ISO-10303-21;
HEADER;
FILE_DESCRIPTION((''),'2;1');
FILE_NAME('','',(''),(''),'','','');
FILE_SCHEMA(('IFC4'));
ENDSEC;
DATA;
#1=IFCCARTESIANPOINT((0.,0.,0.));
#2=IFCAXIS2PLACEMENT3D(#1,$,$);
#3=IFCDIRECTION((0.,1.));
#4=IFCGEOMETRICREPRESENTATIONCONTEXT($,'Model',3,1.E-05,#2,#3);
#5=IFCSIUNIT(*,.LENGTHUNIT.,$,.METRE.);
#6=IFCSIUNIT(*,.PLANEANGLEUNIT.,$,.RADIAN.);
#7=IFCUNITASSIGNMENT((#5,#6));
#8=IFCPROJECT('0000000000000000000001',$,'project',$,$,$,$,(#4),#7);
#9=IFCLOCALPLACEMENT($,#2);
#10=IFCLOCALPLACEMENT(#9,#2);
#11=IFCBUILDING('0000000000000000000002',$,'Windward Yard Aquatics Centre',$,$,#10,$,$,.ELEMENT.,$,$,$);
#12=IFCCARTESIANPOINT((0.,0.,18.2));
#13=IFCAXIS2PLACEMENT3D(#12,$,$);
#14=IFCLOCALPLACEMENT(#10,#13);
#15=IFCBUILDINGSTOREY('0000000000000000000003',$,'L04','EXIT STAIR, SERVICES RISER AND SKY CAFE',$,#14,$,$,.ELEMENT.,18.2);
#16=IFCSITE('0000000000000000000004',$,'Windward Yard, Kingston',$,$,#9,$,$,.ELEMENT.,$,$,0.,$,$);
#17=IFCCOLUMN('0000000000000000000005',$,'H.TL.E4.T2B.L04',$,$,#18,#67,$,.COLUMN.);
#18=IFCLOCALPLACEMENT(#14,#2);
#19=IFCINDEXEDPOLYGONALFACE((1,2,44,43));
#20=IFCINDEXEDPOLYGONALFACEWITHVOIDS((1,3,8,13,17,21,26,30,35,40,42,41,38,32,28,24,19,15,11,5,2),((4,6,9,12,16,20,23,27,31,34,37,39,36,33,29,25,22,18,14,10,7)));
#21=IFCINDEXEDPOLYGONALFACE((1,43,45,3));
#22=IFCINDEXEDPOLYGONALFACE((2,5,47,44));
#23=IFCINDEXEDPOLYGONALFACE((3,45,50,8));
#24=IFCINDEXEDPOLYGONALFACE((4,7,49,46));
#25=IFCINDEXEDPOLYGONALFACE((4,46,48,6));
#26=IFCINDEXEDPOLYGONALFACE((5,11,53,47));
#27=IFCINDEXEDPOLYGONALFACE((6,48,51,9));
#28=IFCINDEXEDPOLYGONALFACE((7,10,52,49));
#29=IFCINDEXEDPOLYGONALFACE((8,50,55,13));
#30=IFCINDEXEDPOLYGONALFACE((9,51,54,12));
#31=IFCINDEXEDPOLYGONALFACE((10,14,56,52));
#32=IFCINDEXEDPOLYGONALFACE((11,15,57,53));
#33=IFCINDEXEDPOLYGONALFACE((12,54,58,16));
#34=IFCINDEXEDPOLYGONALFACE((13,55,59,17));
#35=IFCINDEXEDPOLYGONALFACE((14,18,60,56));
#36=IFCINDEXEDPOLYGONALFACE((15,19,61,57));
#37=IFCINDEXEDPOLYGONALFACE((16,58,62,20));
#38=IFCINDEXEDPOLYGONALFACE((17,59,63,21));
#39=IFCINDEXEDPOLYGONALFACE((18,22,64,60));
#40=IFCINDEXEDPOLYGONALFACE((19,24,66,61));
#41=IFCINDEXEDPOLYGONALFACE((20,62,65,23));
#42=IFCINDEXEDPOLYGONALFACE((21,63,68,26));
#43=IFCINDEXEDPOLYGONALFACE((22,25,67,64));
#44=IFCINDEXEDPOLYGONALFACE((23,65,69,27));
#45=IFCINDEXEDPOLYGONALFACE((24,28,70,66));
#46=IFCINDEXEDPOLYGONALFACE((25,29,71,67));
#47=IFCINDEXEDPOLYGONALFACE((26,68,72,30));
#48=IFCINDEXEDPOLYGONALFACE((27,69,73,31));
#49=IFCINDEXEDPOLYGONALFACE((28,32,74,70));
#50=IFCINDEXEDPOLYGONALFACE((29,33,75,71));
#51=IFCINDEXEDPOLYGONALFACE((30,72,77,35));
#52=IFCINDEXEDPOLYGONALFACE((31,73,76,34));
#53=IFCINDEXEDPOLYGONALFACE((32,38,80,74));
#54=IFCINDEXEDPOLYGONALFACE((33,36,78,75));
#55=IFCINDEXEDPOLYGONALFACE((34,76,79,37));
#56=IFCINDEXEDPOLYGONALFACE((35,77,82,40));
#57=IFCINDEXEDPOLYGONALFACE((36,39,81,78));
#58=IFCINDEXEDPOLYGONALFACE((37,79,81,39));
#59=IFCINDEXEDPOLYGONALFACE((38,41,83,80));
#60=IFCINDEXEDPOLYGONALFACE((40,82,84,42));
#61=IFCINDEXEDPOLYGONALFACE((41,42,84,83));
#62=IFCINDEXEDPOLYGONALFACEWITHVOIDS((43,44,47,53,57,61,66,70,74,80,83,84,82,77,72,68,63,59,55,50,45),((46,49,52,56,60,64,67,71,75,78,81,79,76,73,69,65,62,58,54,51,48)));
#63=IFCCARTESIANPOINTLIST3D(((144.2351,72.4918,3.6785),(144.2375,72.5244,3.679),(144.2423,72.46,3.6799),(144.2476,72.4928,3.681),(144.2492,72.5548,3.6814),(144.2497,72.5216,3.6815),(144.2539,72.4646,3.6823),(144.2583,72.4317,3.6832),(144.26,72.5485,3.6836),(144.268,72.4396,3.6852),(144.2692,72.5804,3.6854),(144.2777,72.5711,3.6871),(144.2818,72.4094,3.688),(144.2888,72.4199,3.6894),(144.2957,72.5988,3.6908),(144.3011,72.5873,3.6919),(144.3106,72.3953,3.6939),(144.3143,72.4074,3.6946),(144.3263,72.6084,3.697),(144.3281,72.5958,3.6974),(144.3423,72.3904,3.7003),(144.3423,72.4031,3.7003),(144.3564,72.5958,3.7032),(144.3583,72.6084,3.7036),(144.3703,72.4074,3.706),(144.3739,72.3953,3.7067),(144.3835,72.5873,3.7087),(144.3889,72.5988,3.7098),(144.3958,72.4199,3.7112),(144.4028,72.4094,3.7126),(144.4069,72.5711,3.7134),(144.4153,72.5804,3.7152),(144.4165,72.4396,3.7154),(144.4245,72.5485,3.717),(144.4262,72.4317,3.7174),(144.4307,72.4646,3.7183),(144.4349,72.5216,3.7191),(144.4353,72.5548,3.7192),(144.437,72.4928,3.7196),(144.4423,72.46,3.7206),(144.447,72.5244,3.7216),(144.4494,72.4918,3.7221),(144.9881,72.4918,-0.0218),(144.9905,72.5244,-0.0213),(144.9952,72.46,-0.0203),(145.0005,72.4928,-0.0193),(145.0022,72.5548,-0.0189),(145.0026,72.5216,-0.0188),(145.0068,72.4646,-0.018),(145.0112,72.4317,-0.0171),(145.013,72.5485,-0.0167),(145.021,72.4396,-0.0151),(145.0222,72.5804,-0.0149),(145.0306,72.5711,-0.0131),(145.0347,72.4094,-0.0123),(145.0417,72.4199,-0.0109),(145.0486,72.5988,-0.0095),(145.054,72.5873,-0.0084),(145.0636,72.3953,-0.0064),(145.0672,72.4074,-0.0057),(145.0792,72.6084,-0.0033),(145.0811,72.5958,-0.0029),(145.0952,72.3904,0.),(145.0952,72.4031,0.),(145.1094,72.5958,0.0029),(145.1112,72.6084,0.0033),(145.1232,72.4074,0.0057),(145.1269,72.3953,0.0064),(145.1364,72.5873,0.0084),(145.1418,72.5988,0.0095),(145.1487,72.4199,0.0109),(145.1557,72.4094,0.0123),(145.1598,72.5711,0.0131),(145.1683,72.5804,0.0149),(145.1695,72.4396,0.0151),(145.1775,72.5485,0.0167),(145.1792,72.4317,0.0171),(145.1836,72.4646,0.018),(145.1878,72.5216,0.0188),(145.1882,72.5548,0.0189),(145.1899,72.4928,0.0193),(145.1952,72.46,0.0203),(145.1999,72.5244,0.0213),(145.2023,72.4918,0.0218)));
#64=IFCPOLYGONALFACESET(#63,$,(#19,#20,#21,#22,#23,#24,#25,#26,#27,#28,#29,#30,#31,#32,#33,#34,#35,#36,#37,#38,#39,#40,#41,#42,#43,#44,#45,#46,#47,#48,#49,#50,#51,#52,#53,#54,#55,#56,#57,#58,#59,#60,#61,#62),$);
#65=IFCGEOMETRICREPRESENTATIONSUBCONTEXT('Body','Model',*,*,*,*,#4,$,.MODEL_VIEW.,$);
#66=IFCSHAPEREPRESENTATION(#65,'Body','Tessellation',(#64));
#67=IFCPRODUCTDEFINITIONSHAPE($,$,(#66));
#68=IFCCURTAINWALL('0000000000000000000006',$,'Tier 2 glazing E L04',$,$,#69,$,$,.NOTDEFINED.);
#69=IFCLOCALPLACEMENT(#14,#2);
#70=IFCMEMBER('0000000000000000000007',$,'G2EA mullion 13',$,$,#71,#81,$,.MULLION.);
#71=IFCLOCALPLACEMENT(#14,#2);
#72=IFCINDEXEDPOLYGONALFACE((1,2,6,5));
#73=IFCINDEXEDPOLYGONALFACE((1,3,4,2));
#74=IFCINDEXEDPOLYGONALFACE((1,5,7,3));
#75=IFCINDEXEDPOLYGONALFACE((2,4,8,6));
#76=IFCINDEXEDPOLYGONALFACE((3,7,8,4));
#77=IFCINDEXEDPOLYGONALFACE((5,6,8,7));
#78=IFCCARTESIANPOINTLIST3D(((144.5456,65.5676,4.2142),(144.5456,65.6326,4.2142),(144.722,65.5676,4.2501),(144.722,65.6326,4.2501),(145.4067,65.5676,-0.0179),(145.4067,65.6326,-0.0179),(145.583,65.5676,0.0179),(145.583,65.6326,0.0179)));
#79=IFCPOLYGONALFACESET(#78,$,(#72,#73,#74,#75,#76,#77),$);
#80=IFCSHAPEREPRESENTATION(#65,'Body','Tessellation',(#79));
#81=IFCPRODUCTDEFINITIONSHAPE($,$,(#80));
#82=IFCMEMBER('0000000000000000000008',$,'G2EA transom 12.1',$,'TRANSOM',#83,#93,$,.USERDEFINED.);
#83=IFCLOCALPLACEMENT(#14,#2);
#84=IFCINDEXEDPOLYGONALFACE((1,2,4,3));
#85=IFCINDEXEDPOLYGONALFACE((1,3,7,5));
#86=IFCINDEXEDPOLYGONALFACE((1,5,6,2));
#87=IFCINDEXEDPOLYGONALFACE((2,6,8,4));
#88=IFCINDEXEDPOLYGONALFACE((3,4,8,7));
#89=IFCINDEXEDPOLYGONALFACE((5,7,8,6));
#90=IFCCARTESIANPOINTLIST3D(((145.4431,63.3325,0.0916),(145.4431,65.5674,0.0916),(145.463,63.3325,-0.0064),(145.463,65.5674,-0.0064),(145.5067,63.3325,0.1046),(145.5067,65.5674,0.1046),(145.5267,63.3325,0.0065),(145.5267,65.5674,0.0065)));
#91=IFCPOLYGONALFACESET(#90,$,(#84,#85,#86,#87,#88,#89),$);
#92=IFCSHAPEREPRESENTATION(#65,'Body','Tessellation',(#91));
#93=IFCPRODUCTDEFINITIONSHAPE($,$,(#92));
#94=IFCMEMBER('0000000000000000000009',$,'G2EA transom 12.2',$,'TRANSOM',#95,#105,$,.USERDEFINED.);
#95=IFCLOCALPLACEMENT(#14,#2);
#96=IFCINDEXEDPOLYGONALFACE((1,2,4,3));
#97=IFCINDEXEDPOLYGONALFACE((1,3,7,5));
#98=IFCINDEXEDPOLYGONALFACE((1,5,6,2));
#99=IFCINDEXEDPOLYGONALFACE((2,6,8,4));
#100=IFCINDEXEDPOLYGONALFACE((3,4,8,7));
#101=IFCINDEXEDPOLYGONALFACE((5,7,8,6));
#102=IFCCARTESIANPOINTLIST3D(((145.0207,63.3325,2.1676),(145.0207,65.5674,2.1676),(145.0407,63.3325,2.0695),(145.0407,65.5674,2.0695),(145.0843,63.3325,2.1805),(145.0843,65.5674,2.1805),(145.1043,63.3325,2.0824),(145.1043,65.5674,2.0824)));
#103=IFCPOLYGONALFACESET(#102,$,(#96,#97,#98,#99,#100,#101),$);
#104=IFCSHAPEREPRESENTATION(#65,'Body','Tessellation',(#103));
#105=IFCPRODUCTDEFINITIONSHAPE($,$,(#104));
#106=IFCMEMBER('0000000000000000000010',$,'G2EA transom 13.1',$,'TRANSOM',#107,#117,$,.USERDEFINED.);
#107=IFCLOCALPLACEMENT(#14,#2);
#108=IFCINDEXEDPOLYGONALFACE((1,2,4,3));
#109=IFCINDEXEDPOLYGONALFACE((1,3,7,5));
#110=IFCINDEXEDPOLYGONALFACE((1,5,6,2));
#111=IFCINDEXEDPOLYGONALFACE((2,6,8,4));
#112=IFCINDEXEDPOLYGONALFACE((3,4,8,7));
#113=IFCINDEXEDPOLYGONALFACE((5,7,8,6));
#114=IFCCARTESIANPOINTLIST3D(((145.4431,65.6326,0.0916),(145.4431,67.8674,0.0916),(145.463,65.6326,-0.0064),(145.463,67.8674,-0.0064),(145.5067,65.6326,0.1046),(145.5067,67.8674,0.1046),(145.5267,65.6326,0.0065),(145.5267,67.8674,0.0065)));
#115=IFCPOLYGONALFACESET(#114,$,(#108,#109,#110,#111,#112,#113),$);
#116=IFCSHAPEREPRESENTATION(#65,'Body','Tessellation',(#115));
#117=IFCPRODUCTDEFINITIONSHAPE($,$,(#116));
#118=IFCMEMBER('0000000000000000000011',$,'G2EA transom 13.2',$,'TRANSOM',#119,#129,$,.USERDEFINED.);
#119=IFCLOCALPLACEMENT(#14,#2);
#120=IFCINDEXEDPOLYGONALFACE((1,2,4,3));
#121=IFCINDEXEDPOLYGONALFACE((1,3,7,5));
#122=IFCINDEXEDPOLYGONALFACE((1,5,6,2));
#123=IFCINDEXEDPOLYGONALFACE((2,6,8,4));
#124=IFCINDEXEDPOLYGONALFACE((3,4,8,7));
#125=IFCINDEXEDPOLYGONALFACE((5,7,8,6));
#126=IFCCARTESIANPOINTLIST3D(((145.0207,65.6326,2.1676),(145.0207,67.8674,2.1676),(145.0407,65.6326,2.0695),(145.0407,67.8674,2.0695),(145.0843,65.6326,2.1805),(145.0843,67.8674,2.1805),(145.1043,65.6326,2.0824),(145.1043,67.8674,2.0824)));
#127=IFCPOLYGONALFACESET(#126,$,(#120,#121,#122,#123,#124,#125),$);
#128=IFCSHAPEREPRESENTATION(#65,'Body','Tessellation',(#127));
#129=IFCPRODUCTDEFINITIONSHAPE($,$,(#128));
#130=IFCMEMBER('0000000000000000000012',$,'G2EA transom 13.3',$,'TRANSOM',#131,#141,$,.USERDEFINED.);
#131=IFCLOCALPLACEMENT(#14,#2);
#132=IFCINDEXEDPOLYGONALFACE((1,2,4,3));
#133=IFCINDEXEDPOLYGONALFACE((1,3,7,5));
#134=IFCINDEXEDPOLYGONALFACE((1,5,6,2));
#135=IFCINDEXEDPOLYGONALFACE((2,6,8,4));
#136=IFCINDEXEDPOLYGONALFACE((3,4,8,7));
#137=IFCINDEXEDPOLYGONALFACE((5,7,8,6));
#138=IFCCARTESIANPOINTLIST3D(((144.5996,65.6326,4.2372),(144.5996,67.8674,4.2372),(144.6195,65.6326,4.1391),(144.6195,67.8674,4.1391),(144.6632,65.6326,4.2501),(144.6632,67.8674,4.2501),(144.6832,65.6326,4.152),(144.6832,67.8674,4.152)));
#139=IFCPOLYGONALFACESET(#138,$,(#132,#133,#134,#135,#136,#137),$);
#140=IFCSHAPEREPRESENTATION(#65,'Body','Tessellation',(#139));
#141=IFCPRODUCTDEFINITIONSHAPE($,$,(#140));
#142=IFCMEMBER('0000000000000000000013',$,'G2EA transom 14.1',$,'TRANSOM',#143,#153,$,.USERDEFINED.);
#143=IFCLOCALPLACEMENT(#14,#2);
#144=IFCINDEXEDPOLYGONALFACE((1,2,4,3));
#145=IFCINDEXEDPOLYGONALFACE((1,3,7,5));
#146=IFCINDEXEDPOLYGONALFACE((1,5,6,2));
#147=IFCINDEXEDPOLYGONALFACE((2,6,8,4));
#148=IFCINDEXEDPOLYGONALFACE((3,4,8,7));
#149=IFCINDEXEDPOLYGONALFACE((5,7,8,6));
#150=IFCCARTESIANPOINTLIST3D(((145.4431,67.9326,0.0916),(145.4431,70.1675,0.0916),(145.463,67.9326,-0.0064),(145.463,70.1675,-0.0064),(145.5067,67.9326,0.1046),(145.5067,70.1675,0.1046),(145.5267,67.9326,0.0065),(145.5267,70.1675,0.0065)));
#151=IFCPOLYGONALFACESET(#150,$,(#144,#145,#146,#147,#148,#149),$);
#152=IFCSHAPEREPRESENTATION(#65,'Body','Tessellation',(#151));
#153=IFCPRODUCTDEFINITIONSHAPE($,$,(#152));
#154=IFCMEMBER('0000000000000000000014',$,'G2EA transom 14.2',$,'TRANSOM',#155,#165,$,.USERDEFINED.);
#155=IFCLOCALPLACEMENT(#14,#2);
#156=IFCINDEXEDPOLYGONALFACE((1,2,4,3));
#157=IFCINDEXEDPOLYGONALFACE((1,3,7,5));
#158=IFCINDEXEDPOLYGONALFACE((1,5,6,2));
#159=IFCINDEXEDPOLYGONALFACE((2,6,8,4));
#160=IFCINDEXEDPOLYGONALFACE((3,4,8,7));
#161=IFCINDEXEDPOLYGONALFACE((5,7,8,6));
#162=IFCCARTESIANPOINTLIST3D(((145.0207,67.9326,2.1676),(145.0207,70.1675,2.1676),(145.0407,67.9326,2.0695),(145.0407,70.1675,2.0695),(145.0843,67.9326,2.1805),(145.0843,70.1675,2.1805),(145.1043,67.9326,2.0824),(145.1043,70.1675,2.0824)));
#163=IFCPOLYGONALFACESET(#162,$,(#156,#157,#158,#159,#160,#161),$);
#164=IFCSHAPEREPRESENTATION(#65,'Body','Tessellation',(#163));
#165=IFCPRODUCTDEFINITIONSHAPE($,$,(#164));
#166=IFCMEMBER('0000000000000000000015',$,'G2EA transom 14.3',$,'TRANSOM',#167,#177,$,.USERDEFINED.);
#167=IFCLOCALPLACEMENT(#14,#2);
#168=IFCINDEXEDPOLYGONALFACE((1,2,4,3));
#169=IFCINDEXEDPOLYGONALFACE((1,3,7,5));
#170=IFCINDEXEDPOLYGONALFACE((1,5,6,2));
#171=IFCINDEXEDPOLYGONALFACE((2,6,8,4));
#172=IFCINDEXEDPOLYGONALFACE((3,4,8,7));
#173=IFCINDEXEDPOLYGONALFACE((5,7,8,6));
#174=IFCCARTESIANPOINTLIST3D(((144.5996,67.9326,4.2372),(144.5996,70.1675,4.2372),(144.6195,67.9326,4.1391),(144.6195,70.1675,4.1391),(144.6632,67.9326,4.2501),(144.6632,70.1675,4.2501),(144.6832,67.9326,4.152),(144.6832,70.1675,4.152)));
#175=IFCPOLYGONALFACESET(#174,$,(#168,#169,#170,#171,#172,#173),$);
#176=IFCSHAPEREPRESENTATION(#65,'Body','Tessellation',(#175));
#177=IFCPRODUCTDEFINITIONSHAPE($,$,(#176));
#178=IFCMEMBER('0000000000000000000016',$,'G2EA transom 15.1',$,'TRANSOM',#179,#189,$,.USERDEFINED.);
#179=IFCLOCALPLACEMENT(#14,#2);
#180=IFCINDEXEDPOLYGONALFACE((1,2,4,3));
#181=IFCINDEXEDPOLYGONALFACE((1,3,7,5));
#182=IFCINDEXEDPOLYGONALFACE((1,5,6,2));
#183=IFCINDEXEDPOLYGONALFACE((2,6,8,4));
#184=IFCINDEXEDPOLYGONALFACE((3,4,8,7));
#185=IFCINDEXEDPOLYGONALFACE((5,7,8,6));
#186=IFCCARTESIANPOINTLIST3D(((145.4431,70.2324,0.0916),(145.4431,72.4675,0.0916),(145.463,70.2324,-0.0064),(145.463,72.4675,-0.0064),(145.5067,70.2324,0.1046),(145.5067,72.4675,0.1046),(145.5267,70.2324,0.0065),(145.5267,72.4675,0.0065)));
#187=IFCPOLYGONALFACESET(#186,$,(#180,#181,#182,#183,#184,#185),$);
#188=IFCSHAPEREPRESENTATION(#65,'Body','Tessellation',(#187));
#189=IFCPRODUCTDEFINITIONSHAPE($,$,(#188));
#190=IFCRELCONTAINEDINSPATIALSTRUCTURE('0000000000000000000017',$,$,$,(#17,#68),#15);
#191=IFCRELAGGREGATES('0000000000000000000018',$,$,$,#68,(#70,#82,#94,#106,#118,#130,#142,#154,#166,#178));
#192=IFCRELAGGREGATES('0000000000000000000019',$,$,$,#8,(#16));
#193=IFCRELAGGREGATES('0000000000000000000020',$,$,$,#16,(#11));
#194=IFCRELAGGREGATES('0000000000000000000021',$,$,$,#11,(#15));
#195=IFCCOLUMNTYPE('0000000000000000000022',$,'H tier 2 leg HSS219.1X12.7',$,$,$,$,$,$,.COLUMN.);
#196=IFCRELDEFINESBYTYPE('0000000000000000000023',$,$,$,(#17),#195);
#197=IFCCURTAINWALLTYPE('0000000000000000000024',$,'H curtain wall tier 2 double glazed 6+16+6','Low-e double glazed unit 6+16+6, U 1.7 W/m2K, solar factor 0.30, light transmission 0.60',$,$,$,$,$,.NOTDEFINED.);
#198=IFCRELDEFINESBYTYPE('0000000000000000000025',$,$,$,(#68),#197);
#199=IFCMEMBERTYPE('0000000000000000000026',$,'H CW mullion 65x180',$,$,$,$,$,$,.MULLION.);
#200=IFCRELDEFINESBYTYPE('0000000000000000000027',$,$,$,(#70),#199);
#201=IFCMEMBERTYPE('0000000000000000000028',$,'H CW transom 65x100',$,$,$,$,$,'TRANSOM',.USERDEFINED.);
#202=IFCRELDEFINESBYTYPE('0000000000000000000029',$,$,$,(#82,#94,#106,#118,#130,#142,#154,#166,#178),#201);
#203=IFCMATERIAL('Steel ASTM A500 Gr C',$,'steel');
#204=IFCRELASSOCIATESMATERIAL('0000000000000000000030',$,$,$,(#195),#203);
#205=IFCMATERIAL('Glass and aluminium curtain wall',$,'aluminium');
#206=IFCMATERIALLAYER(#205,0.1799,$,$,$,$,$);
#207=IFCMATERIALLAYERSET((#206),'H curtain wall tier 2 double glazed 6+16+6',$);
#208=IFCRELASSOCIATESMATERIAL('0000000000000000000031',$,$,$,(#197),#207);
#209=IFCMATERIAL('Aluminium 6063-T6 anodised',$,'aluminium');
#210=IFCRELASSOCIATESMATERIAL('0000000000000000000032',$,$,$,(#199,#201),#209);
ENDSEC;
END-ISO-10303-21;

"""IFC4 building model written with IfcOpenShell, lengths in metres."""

from ifc_helpers import new_model, si_unit, direction, frame, origin, origin_2d, place, context, subcontext, project, spatial, rectangle, hollow_circle, extrude, material, layer, layer_set, material_profile, profile_set, type_object, element, aggregate, save


model = new_model("IFC4")

# Units and contexts
model_context = context("Model", 3, precision=1e-05, world=origin(), true_north=direction((0.0, 1.0)))
body_context = subcontext(model_context, "Body", "Model", "MODEL_VIEW")
ifc_project = project(units=[si_unit("LENGTHUNIT", "METRE"), si_unit("PLANEANGLEUNIT", "RADIAN")], contexts=[model_context])

# Site, building, storey
site_placement = place(None, origin())
site = spatial("IfcSite", under=ifc_project, at=site_placement, Name="Windward Yard, Kingston", CompositionType="ELEMENT", RefElevation=0.0)
building_placement = place(site_placement, origin())
building = spatial("IfcBuilding", under=site, at=building_placement, Name="Windward Yard Aquatics Centre", CompositionType="ELEMENT")
storey_placement = place(building_placement, frame((0.0, 0.0, 18.2)))
storey = spatial("IfcBuildingStorey", under=building, at=storey_placement, Name="L04", Description="EXIT STAIR, SERVICES RISER AND SKY CAFE", CompositionType="ELEMENT", Elevation=18.2)

# Column
ifc_material_1 = material(Name="Steel ASTM A500 Gr C", Category="steel")
ifc_material_profile_1 = material_profile(ifc_material_1, hollow_circle(Radius=0.1096, WallThickness=0.0127, at=origin_2d()), Name="HSS219.1X12.7")
ifc_profile_set_1 = profile_set([ifc_material_profile_1], Name="Steel ASTM A500 Gr C")
column_type = type_object("IfcColumnType", Name="H tier 2 leg HSS219.1X12.7", PredefinedType="COLUMN", material=ifc_profile_set_1)
column_placement = place(storey_placement, frame((145.0952, 72.5, 0.0), z_axis=(-0.199398, 0.0, 0.979919), x_axis=(0.0, -1.0, 0.0)))
element("IfcColumn", 1, at=column_placement, inside=storey, type_object=column_type, Name="H.TL.E4.T2B.L04", PredefinedType="COLUMN", context=body_context, shape_type="SweptSolid", body=[
    extrude(hollow_circle(Radius=0.1096, WallThickness=0.0127, at=origin_2d()), origin(), (0.0, 0.0, 1.0), 3.7761),
])

# Curtain wall, members
ifc_material_2 = material(Name="Glass and aluminium curtain wall", Category="aluminium")
ifc_layer_1 = layer(ifc_material_2, 0.1799)
ifc_layer_set_1 = layer_set([ifc_layer_1], Name="H curtain wall tier 2 double glazed 6+16+6")
curtain_wall_type = type_object("IfcCurtainWallType", Name="H curtain wall tier 2 double glazed 6+16+6", Description="Low-e double glazed unit 6+16+6, U 1.7 W/m2K, solar factor 0.30, light transmission 0.60", PredefinedType="NOTDEFINED", material=ifc_layer_set_1)
curtain_wall_placement = place(storey_placement, origin())
curtain_wall = element("IfcCurtainWall", 2, at=curtain_wall_placement, inside=storey, type_object=curtain_wall_type, Name="Tier 2 glazing E L04", PredefinedType="NOTDEFINED")
ifc_material_3 = material(Name="Aluminium 6063-T6 anodised", Category="aluminium")
ifc_material_profile_2 = material_profile(ifc_material_3, rectangle(XDim=0.0649, YDim=0.1799, at=origin_2d()), Name="H CW mullion 65x180")
ifc_profile_set_2 = profile_set([ifc_material_profile_2], Name="Aluminium 6063-T6 anodised")
member_type_1 = type_object("IfcMemberType", Name="H CW mullion 65x180", PredefinedType="MULLION", material=ifc_profile_set_2)
member_1_placement = place(storey_placement, frame((145.4949, 65.6001, 0.0), z_axis=(-0.199376, 0.0, 0.979923), x_axis=(0.0, -1.0, 0.0)))
member_1 = element("IfcMember", 3, at=member_1_placement, type_object=member_type_1, Name="G2EA mullion 13", PredefinedType="MULLION", context=body_context, shape_type="SweptSolid", body=[
    extrude(rectangle(XDim=0.0649, YDim=0.1799, at=origin_2d()), origin(), (0.0, 0.0, 1.0), 4.3188),
])
ifc_material_profile_3 = material_profile(ifc_material_3, rectangle(XDim=0.0649, YDim=0.1001, at=origin_2d()), Name="H CW transom 65x100")
ifc_profile_set_3 = profile_set([ifc_material_profile_3], Name="Aluminium 6063-T6 anodised")
member_type_2 = type_object("IfcMemberType", Name="H CW transom 65x100", ElementType="TRANSOM", PredefinedType="USERDEFINED", material=ifc_profile_set_3)
member_2_placement = place(storey_placement, frame((145.4849, 63.3325, 0.0491), z_axis=(0.0, 1.0, 0.0), x_axis=(0.979925, 0.0, 0.199368)))
member_2 = element("IfcMember", 4, at=member_2_placement, type_object=member_type_2, Name="G2EA transom 12.1", ObjectType="TRANSOM", PredefinedType="USERDEFINED", context=body_context, shape_type="SweptSolid", body=[
    extrude(rectangle(XDim=0.0649, YDim=0.1001, at=origin_2d()), origin(), (0.0, 0.0, 1.0), 2.2349),
])
member_3_placement = place(storey_placement, frame((145.0625, 63.3325, 2.125), z_axis=(0.0, 1.0, 0.0), x_axis=(0.979925, 0.0, 0.199368)))
member_3 = element("IfcMember", 5, at=member_3_placement, type_object=member_type_2, Name="G2EA transom 12.2", ObjectType="TRANSOM", PredefinedType="USERDEFINED", context=body_context, shape_type="SweptSolid", body=[
    extrude(rectangle(XDim=0.0649, YDim=0.1001, at=origin_2d()), origin(), (0.0, 0.0, 1.0), 2.2349),
])
member_4_placement = place(storey_placement, frame((145.4849, 65.6326, 0.0491), z_axis=(0.0, 1.0, 0.0), x_axis=(0.979925, 0.0, 0.199368)))
member_4 = element("IfcMember", 6, at=member_4_placement, type_object=member_type_2, Name="G2EA transom 13.1", ObjectType="TRANSOM", PredefinedType="USERDEFINED", context=body_context, shape_type="SweptSolid", body=[
    extrude(rectangle(XDim=0.0649, YDim=0.1001, at=origin_2d()), origin(), (0.0, 0.0, 1.0), 2.2349),
])
member_5_placement = place(storey_placement, frame((145.0625, 65.6326, 2.125), z_axis=(0.0, 1.0, 0.0), x_axis=(0.979925, 0.0, 0.199368)))
member_5 = element("IfcMember", 7, at=member_5_placement, type_object=member_type_2, Name="G2EA transom 13.2", ObjectType="TRANSOM", PredefinedType="USERDEFINED", context=body_context, shape_type="SweptSolid", body=[
    extrude(rectangle(XDim=0.0649, YDim=0.1001, at=origin_2d()), origin(), (0.0, 0.0, 1.0), 2.2349),
])
member_6_placement = place(storey_placement, frame((144.6414, 65.6326, 4.1946), z_axis=(0.0, 1.0, 0.0), x_axis=(0.979925, 0.0, 0.199368)))
member_6 = element("IfcMember", 8, at=member_6_placement, type_object=member_type_2, Name="G2EA transom 13.3", ObjectType="TRANSOM", PredefinedType="USERDEFINED", context=body_context, shape_type="SweptSolid", body=[
    extrude(rectangle(XDim=0.0649, YDim=0.1001, at=origin_2d()), origin(), (0.0, 0.0, 1.0), 2.2349),
])
member_7_placement = place(storey_placement, frame((145.4849, 67.9326, 0.0491), z_axis=(0.0, 1.0, 0.0), x_axis=(0.979925, 0.0, 0.199368)))
member_7 = element("IfcMember", 9, at=member_7_placement, type_object=member_type_2, Name="G2EA transom 14.1", ObjectType="TRANSOM", PredefinedType="USERDEFINED", context=body_context, shape_type="SweptSolid", body=[
    extrude(rectangle(XDim=0.0649, YDim=0.1001, at=origin_2d()), origin(), (0.0, 0.0, 1.0), 2.2349),
])
member_8_placement = place(storey_placement, frame((145.0625, 67.9326, 2.125), z_axis=(0.0, 1.0, 0.0), x_axis=(0.979925, 0.0, 0.199368)))
member_8 = element("IfcMember", 10, at=member_8_placement, type_object=member_type_2, Name="G2EA transom 14.2", ObjectType="TRANSOM", PredefinedType="USERDEFINED", context=body_context, shape_type="SweptSolid", body=[
    extrude(rectangle(XDim=0.0649, YDim=0.1001, at=origin_2d()), origin(), (0.0, 0.0, 1.0), 2.2349),
])
member_9_placement = place(storey_placement, frame((144.6414, 67.9326, 4.1946), z_axis=(0.0, 1.0, 0.0), x_axis=(0.979925, 0.0, 0.199368)))
member_9 = element("IfcMember", 11, at=member_9_placement, type_object=member_type_2, Name="G2EA transom 14.3", ObjectType="TRANSOM", PredefinedType="USERDEFINED", context=body_context, shape_type="SweptSolid", body=[
    extrude(rectangle(XDim=0.0649, YDim=0.1001, at=origin_2d()), origin(), (0.0, 0.0, 1.0), 2.2349),
])
member_10_placement = place(storey_placement, frame((145.4849, 70.2324, 0.0491), z_axis=(0.0, 1.0, 0.0), x_axis=(0.979925, 0.0, 0.199368)))
member_10 = element("IfcMember", 12, at=member_10_placement, type_object=member_type_2, Name="G2EA transom 15.1", ObjectType="TRANSOM", PredefinedType="USERDEFINED", context=body_context, shape_type="SweptSolid", body=[
    extrude(rectangle(XDim=0.0649, YDim=0.1001, at=origin_2d()), origin(), (0.0, 0.0, 1.0), 2.2351),
])
aggregate(curtain_wall, [member_1, member_2, member_3, member_4, member_5, member_6, member_7, member_8, member_9, member_10])

save(model, "model.ifc")
